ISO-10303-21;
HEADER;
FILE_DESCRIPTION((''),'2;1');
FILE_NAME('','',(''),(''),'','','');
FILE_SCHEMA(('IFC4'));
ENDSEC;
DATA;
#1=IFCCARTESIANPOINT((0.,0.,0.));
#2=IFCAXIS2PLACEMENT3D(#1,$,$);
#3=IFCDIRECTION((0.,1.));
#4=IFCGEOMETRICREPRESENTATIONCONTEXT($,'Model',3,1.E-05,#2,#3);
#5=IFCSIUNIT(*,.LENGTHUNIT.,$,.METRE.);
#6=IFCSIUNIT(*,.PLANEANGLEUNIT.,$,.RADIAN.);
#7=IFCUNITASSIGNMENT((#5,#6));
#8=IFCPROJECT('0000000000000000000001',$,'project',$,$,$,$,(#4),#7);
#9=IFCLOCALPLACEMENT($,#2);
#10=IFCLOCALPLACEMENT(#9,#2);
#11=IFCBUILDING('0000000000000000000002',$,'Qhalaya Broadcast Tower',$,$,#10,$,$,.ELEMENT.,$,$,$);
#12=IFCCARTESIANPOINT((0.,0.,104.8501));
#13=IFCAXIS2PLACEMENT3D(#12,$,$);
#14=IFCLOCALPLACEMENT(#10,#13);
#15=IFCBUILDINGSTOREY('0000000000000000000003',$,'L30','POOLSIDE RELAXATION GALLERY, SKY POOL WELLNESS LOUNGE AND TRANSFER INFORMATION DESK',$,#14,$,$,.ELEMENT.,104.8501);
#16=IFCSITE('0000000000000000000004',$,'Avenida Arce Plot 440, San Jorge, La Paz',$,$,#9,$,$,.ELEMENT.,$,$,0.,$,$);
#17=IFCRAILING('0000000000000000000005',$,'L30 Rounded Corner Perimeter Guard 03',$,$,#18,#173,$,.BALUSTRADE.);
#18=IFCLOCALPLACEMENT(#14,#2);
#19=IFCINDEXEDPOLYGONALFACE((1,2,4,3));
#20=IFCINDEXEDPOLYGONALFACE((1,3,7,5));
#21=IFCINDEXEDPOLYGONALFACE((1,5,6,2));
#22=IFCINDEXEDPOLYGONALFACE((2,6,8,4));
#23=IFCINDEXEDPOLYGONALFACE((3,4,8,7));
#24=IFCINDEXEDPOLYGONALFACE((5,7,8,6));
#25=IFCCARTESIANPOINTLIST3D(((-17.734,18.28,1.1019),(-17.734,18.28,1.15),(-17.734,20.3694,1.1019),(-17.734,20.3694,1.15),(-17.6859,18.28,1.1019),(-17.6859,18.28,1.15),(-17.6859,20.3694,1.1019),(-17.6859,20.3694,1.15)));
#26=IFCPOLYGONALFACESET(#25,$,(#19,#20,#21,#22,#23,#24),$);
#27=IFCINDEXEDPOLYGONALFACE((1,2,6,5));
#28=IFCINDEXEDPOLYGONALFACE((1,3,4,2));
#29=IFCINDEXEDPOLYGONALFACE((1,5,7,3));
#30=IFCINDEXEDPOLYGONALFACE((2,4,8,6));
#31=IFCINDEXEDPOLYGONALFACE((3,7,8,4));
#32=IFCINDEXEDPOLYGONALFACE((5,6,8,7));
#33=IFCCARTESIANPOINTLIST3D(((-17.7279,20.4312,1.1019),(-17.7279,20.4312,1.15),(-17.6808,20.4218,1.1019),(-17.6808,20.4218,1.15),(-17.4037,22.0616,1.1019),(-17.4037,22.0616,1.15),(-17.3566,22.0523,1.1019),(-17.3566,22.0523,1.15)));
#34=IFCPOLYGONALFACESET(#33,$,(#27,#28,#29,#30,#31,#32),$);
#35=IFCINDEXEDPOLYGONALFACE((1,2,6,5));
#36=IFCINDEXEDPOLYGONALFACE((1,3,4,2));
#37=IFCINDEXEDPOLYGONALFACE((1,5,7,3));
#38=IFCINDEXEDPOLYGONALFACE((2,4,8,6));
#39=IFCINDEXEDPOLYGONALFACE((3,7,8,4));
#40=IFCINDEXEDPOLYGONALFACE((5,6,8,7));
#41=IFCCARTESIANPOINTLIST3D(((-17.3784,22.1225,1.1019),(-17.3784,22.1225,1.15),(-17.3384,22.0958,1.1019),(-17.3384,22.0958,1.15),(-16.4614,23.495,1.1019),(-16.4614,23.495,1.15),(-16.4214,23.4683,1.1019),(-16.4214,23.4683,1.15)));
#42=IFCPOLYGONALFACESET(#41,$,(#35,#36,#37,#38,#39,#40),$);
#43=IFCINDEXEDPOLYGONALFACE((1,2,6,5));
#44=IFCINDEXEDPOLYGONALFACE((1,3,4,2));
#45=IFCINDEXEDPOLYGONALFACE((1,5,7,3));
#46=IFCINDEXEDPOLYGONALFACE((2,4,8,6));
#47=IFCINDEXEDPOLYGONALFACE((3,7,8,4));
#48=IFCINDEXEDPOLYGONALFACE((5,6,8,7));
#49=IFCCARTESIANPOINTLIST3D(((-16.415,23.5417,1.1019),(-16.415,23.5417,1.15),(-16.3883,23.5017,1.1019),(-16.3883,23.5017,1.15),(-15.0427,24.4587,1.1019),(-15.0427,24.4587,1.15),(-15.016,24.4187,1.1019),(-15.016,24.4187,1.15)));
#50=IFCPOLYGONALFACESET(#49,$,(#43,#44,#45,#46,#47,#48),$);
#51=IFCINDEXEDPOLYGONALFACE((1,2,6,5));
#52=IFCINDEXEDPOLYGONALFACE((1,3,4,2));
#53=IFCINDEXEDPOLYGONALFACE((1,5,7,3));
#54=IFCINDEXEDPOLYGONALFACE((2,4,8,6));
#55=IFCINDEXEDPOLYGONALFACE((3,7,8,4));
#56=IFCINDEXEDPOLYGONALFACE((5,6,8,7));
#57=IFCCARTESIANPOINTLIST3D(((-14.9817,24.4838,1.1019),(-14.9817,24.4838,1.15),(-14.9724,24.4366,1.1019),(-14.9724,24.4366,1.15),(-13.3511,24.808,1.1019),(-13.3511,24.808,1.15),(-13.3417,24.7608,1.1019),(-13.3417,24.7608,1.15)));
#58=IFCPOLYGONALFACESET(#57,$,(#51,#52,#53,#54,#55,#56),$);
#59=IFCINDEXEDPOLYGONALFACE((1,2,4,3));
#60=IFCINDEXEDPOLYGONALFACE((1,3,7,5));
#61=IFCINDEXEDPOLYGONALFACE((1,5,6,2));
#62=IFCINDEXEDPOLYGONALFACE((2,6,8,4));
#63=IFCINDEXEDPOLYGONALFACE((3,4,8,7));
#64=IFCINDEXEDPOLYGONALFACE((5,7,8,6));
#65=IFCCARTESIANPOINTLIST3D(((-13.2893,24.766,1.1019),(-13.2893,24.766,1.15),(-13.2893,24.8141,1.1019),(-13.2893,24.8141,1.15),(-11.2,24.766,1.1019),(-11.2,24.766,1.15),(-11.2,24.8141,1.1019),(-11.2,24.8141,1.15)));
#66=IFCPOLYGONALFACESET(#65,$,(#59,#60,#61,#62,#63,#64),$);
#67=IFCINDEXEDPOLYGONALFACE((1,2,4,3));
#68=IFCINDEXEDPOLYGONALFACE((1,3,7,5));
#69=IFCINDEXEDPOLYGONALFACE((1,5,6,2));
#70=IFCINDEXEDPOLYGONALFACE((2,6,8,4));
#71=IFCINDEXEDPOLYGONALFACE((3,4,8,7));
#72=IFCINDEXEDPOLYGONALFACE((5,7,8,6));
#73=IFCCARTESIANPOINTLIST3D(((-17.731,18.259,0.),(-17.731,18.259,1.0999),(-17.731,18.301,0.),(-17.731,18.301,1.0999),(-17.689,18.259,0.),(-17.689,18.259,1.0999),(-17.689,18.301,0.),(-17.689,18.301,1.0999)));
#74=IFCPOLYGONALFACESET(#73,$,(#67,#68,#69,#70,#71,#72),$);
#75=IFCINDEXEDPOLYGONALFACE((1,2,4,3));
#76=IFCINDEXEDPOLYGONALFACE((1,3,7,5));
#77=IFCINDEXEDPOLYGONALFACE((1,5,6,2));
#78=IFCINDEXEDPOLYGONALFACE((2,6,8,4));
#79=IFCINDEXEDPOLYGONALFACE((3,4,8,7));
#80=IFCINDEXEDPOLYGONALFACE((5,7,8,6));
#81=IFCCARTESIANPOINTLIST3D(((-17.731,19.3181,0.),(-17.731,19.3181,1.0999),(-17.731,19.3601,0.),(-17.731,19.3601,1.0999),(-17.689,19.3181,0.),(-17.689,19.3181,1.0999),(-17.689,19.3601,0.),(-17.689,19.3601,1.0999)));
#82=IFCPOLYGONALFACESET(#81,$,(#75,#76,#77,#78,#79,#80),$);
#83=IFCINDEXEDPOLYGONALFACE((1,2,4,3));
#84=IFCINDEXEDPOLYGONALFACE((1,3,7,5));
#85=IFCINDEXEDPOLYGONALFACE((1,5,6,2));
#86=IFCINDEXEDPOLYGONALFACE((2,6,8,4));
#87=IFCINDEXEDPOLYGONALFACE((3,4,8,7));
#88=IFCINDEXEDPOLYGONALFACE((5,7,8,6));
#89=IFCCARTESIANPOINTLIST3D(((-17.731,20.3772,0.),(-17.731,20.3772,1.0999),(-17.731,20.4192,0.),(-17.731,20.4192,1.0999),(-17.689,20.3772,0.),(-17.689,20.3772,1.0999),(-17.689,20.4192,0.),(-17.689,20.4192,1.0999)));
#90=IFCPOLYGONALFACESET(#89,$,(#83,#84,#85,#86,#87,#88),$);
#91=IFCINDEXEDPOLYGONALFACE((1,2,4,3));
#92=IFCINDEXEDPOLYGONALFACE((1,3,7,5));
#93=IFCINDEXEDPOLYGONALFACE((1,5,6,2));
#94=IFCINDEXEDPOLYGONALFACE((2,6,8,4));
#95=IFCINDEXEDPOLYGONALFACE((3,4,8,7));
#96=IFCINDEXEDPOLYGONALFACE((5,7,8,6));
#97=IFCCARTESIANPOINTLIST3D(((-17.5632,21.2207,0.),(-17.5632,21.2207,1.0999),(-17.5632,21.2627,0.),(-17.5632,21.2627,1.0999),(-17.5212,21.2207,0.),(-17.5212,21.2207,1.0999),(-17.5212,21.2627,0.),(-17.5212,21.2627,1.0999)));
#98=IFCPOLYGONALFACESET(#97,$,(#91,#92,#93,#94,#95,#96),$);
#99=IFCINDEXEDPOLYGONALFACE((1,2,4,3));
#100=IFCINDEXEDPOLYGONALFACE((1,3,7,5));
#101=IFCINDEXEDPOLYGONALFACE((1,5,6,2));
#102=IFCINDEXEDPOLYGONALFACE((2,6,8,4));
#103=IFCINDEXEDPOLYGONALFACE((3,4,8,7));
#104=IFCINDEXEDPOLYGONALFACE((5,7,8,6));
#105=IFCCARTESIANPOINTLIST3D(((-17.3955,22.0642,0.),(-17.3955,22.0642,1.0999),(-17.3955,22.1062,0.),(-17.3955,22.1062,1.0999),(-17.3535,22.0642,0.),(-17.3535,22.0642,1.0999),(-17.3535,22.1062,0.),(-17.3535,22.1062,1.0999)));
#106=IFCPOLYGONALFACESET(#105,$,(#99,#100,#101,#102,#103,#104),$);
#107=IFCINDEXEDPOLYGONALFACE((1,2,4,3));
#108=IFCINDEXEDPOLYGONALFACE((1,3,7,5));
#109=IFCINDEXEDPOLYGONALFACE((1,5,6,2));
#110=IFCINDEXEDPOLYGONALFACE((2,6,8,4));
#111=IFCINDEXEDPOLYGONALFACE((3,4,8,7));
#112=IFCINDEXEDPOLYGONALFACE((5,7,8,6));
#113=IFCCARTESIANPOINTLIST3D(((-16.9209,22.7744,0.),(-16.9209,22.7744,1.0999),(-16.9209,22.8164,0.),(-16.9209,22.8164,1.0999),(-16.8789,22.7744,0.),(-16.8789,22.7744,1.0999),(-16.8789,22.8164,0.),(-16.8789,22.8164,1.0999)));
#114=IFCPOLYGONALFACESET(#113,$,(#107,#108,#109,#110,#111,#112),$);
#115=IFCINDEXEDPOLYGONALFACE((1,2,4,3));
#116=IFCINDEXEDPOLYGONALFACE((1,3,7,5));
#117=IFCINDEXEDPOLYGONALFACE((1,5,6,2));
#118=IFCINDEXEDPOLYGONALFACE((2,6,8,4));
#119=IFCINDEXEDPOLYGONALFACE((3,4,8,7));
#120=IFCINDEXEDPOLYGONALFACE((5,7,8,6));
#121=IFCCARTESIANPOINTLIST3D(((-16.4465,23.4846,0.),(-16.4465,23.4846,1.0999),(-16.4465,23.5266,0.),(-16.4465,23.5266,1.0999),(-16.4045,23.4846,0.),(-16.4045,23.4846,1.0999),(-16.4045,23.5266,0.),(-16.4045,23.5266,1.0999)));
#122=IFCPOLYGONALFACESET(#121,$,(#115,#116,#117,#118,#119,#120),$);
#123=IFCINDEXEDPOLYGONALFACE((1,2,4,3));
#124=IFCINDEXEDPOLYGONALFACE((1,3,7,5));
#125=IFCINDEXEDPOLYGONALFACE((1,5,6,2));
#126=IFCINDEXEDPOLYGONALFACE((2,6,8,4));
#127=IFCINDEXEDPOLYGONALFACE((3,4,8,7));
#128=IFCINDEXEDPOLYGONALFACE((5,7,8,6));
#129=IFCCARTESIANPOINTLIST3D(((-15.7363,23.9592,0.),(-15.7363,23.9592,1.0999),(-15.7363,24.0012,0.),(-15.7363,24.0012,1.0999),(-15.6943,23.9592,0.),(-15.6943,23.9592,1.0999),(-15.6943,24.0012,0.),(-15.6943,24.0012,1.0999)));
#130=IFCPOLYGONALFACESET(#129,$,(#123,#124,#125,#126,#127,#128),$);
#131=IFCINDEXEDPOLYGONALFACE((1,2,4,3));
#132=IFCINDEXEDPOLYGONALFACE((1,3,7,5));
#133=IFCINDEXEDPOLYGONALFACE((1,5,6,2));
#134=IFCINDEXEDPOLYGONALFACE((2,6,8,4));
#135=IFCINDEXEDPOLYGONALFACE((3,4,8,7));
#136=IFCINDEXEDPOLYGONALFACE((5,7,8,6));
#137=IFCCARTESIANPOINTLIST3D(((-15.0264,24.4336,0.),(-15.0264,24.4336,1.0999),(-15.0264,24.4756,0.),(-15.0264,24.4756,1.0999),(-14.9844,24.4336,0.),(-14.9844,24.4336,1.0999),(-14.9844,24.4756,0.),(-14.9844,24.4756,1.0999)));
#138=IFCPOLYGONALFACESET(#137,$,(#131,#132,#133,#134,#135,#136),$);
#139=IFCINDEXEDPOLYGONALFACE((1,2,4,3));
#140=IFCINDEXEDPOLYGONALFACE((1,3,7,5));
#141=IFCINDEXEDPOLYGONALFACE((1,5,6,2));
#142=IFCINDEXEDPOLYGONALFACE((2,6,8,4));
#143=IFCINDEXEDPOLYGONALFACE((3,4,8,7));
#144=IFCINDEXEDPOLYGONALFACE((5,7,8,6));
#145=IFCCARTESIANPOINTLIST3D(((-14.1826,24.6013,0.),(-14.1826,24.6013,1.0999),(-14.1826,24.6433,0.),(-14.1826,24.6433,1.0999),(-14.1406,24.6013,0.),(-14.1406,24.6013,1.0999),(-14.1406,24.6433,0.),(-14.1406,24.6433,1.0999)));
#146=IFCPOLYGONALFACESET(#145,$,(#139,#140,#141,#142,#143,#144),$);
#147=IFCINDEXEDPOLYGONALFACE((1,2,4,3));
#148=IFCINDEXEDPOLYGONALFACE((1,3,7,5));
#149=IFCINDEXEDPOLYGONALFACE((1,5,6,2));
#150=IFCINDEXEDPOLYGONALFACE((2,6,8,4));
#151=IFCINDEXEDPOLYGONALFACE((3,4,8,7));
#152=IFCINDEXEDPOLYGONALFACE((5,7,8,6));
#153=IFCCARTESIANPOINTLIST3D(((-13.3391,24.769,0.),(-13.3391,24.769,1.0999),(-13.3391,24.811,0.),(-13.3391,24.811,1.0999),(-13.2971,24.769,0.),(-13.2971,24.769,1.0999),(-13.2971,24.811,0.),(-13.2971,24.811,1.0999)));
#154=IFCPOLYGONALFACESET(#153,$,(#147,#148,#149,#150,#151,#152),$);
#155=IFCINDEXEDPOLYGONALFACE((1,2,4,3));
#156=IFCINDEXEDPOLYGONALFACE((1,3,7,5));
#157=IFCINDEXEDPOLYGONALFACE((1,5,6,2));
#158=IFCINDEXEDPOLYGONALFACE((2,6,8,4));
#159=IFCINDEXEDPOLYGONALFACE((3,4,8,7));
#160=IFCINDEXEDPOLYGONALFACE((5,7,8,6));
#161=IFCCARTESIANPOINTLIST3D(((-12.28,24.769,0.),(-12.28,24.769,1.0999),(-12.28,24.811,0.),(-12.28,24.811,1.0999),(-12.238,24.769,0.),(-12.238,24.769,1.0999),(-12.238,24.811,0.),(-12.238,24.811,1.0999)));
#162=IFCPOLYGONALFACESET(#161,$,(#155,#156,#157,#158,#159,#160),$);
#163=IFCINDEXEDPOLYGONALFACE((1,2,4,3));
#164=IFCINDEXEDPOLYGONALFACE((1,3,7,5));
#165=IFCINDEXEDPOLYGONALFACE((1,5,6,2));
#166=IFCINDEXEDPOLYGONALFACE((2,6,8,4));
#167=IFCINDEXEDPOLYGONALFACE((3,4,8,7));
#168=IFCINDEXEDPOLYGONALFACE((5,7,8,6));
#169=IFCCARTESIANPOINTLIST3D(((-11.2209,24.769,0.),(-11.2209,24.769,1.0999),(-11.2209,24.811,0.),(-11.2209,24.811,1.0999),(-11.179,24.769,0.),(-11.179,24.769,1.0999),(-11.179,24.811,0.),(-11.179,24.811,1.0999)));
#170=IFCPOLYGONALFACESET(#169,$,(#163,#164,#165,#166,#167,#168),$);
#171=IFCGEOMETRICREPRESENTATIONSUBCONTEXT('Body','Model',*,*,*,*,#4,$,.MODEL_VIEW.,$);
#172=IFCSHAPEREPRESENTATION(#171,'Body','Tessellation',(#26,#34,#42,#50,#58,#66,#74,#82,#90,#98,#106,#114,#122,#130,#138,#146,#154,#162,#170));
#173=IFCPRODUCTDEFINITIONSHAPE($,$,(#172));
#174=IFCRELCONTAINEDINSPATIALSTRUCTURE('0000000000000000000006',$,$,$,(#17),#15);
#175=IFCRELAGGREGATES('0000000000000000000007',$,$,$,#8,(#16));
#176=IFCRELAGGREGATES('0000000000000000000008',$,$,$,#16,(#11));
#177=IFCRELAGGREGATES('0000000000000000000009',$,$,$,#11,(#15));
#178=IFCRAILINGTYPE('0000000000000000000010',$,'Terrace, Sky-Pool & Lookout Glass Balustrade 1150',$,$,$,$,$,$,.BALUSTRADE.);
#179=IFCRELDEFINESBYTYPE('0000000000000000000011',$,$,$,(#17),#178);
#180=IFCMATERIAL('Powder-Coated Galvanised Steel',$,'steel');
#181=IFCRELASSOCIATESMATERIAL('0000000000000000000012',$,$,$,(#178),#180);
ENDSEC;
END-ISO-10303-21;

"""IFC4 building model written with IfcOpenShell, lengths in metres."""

from ifc_helpers import new_model, si_unit, direction, frame, origin, origin_2d, place, context, subcontext, project, spatial, rectangle, extrude, material, type_object, element, save


model = new_model("IFC4")

# Units and contexts
model_context = context("Model", 3, precision=1e-05, world=origin(), true_north=direction((0.0, 1.0)))
body_context = subcontext(model_context, "Body", "Model", "MODEL_VIEW")
ifc_project = project(units=[si_unit("LENGTHUNIT", "METRE"), si_unit("PLANEANGLEUNIT", "RADIAN")], contexts=[model_context])

# Site, building, storey
site_placement = place(None, origin())
site = spatial("IfcSite", under=ifc_project, at=site_placement, Name="Avenida Arce Plot 440, San Jorge, La Paz", CompositionType="ELEMENT", RefElevation=0.0)
building_placement = place(site_placement, origin())
building = spatial("IfcBuilding", under=site, at=building_placement, Name="Qhalaya Broadcast Tower", CompositionType="ELEMENT")
storey_placement = place(building_placement, frame((0.0, 0.0, 104.8501)))
storey = spatial("IfcBuildingStorey", under=building, at=storey_placement, Name="L30", Description="POOLSIDE RELAXATION GALLERY, SKY POOL WELLNESS LOUNGE AND TRANSFER INFORMATION DESK", CompositionType="ELEMENT", Elevation=104.8501)

# Railing
ifc_material_1 = material(Name="Powder-Coated Galvanised Steel", Category="steel")
railing_type = type_object("IfcRailingType", Name="Terrace, Sky-Pool & Lookout Glass Balustrade 1150", PredefinedType="BALUSTRADE", material=ifc_material_1)
railing_placement = place(storey_placement, frame((-17.71, 18.28, 0.0)))
element("IfcRailing", 1, at=railing_placement, inside=storey, type_object=railing_type, Name="L30 Rounded Corner Perimeter Guard 03", PredefinedType="BALUSTRADE", context=body_context, shape_type="SweptSolid", body=[
    extrude(rectangle(XDim=0.0481, YDim=0.0481, at=origin_2d()), frame((0.0, 0.0, 1.126), z_axis=(0.0, 1.0, 0.0), x_axis=(-1.0, 0.0, 0.0)), (0.0, 0.0, 1.0), 2.0894),
    extrude(rectangle(XDim=0.0481, YDim=0.0481, at=origin_2d()), frame((0.0056, 2.1465, 1.126), z_axis=(0.195024, 0.980798, 0.0), x_axis=(-0.980798, 0.195024, 0.0)), (0.0, 0.0, 1.0), 1.6624),
    extrude(rectangle(XDim=0.0481, YDim=0.0481, at=origin_2d()), frame((0.3516, 3.8291, 1.126), z_axis=(0.555524, 0.8315, 0.0), x_axis=(-0.8315, 0.555524, 0.0)), (0.0, 0.0, 1.0), 1.6506),
    extrude(rectangle(XDim=0.0481, YDim=0.0481, at=origin_2d()), frame((1.3083, 5.2417, 1.126), z_axis=(0.831456, 0.55559, 0.0), x_axis=(-0.55559, 0.831456, 0.0)), (0.0, 0.0, 1.0), 1.6504),
    extrude(rectangle(XDim=0.0481, YDim=0.0481, at=origin_2d()), frame((2.7329, 6.1802, 1.126), z_axis=(0.980804, 0.194997, 0.0), x_axis=(-0.194997, 0.980804, 0.0)), (0.0, 0.0, 1.0), 1.6626),
    extrude(rectangle(XDim=0.0481, YDim=0.0481, at=origin_2d()), frame((4.4207, 6.51, 1.126), z_axis=(1.0, 0.0, 0.0), x_axis=(0.0, 1.0, 0.0)), (0.0, 0.0, 1.0), 2.0894),
    extrude(rectangle(XDim=0.042, YDim=0.042, at=origin_2d()), origin(), (0.0, 0.0, 1.0), 1.0999),
    extrude(rectangle(XDim=0.042, YDim=0.042, at=origin_2d()), frame((0.0, 1.0591, 0.0)), (0.0, 0.0, 1.0), 1.0999),
    extrude(rectangle(XDim=0.042, YDim=0.042, at=origin_2d()), frame((0.0, 2.1182, 0.0)), (0.0, 0.0, 1.0), 1.0999),
    extrude(rectangle(XDim=0.042, YDim=0.042, at=origin_2d()), frame((0.1677, 2.9617, 0.0)), (0.0, 0.0, 1.0), 1.0999),
    extrude(rectangle(XDim=0.042, YDim=0.042, at=origin_2d()), frame((0.3354, 3.8052, 0.0)), (0.0, 0.0, 1.0), 1.0999),
    extrude(rectangle(XDim=0.042, YDim=0.042, at=origin_2d()), frame((0.8101, 4.5154, 0.0)), (0.0, 0.0, 1.0), 1.0999),
    extrude(rectangle(XDim=0.042, YDim=0.042, at=origin_2d()), frame((1.2844, 5.2256, 0.0)), (0.0, 0.0, 1.0), 1.0999),
    extrude(rectangle(XDim=0.042, YDim=0.042, at=origin_2d()), frame((1.9946, 5.7002, 0.0)), (0.0, 0.0, 1.0), 1.0999),
    extrude(rectangle(XDim=0.042, YDim=0.042, at=origin_2d()), frame((2.7046, 6.1746, 0.0)), (0.0, 0.0, 1.0), 1.0999),
    extrude(rectangle(XDim=0.042, YDim=0.042, at=origin_2d()), frame((3.5483, 6.3423, 0.0)), (0.0, 0.0, 1.0), 1.0999),
    extrude(rectangle(XDim=0.042, YDim=0.042, at=origin_2d()), frame((4.3918, 6.51, 0.0)), (0.0, 0.0, 1.0), 1.0999),
    extrude(rectangle(XDim=0.042, YDim=0.042, at=origin_2d()), frame((5.4509, 6.51, 0.0)), (0.0, 0.0, 1.0), 1.0999),
    extrude(rectangle(XDim=0.042, YDim=0.042, at=origin_2d()), frame((6.51, 6.51, 0.0)), (0.0, 0.0, 1.0), 1.0999),
])

save(model, "model.ifc")
